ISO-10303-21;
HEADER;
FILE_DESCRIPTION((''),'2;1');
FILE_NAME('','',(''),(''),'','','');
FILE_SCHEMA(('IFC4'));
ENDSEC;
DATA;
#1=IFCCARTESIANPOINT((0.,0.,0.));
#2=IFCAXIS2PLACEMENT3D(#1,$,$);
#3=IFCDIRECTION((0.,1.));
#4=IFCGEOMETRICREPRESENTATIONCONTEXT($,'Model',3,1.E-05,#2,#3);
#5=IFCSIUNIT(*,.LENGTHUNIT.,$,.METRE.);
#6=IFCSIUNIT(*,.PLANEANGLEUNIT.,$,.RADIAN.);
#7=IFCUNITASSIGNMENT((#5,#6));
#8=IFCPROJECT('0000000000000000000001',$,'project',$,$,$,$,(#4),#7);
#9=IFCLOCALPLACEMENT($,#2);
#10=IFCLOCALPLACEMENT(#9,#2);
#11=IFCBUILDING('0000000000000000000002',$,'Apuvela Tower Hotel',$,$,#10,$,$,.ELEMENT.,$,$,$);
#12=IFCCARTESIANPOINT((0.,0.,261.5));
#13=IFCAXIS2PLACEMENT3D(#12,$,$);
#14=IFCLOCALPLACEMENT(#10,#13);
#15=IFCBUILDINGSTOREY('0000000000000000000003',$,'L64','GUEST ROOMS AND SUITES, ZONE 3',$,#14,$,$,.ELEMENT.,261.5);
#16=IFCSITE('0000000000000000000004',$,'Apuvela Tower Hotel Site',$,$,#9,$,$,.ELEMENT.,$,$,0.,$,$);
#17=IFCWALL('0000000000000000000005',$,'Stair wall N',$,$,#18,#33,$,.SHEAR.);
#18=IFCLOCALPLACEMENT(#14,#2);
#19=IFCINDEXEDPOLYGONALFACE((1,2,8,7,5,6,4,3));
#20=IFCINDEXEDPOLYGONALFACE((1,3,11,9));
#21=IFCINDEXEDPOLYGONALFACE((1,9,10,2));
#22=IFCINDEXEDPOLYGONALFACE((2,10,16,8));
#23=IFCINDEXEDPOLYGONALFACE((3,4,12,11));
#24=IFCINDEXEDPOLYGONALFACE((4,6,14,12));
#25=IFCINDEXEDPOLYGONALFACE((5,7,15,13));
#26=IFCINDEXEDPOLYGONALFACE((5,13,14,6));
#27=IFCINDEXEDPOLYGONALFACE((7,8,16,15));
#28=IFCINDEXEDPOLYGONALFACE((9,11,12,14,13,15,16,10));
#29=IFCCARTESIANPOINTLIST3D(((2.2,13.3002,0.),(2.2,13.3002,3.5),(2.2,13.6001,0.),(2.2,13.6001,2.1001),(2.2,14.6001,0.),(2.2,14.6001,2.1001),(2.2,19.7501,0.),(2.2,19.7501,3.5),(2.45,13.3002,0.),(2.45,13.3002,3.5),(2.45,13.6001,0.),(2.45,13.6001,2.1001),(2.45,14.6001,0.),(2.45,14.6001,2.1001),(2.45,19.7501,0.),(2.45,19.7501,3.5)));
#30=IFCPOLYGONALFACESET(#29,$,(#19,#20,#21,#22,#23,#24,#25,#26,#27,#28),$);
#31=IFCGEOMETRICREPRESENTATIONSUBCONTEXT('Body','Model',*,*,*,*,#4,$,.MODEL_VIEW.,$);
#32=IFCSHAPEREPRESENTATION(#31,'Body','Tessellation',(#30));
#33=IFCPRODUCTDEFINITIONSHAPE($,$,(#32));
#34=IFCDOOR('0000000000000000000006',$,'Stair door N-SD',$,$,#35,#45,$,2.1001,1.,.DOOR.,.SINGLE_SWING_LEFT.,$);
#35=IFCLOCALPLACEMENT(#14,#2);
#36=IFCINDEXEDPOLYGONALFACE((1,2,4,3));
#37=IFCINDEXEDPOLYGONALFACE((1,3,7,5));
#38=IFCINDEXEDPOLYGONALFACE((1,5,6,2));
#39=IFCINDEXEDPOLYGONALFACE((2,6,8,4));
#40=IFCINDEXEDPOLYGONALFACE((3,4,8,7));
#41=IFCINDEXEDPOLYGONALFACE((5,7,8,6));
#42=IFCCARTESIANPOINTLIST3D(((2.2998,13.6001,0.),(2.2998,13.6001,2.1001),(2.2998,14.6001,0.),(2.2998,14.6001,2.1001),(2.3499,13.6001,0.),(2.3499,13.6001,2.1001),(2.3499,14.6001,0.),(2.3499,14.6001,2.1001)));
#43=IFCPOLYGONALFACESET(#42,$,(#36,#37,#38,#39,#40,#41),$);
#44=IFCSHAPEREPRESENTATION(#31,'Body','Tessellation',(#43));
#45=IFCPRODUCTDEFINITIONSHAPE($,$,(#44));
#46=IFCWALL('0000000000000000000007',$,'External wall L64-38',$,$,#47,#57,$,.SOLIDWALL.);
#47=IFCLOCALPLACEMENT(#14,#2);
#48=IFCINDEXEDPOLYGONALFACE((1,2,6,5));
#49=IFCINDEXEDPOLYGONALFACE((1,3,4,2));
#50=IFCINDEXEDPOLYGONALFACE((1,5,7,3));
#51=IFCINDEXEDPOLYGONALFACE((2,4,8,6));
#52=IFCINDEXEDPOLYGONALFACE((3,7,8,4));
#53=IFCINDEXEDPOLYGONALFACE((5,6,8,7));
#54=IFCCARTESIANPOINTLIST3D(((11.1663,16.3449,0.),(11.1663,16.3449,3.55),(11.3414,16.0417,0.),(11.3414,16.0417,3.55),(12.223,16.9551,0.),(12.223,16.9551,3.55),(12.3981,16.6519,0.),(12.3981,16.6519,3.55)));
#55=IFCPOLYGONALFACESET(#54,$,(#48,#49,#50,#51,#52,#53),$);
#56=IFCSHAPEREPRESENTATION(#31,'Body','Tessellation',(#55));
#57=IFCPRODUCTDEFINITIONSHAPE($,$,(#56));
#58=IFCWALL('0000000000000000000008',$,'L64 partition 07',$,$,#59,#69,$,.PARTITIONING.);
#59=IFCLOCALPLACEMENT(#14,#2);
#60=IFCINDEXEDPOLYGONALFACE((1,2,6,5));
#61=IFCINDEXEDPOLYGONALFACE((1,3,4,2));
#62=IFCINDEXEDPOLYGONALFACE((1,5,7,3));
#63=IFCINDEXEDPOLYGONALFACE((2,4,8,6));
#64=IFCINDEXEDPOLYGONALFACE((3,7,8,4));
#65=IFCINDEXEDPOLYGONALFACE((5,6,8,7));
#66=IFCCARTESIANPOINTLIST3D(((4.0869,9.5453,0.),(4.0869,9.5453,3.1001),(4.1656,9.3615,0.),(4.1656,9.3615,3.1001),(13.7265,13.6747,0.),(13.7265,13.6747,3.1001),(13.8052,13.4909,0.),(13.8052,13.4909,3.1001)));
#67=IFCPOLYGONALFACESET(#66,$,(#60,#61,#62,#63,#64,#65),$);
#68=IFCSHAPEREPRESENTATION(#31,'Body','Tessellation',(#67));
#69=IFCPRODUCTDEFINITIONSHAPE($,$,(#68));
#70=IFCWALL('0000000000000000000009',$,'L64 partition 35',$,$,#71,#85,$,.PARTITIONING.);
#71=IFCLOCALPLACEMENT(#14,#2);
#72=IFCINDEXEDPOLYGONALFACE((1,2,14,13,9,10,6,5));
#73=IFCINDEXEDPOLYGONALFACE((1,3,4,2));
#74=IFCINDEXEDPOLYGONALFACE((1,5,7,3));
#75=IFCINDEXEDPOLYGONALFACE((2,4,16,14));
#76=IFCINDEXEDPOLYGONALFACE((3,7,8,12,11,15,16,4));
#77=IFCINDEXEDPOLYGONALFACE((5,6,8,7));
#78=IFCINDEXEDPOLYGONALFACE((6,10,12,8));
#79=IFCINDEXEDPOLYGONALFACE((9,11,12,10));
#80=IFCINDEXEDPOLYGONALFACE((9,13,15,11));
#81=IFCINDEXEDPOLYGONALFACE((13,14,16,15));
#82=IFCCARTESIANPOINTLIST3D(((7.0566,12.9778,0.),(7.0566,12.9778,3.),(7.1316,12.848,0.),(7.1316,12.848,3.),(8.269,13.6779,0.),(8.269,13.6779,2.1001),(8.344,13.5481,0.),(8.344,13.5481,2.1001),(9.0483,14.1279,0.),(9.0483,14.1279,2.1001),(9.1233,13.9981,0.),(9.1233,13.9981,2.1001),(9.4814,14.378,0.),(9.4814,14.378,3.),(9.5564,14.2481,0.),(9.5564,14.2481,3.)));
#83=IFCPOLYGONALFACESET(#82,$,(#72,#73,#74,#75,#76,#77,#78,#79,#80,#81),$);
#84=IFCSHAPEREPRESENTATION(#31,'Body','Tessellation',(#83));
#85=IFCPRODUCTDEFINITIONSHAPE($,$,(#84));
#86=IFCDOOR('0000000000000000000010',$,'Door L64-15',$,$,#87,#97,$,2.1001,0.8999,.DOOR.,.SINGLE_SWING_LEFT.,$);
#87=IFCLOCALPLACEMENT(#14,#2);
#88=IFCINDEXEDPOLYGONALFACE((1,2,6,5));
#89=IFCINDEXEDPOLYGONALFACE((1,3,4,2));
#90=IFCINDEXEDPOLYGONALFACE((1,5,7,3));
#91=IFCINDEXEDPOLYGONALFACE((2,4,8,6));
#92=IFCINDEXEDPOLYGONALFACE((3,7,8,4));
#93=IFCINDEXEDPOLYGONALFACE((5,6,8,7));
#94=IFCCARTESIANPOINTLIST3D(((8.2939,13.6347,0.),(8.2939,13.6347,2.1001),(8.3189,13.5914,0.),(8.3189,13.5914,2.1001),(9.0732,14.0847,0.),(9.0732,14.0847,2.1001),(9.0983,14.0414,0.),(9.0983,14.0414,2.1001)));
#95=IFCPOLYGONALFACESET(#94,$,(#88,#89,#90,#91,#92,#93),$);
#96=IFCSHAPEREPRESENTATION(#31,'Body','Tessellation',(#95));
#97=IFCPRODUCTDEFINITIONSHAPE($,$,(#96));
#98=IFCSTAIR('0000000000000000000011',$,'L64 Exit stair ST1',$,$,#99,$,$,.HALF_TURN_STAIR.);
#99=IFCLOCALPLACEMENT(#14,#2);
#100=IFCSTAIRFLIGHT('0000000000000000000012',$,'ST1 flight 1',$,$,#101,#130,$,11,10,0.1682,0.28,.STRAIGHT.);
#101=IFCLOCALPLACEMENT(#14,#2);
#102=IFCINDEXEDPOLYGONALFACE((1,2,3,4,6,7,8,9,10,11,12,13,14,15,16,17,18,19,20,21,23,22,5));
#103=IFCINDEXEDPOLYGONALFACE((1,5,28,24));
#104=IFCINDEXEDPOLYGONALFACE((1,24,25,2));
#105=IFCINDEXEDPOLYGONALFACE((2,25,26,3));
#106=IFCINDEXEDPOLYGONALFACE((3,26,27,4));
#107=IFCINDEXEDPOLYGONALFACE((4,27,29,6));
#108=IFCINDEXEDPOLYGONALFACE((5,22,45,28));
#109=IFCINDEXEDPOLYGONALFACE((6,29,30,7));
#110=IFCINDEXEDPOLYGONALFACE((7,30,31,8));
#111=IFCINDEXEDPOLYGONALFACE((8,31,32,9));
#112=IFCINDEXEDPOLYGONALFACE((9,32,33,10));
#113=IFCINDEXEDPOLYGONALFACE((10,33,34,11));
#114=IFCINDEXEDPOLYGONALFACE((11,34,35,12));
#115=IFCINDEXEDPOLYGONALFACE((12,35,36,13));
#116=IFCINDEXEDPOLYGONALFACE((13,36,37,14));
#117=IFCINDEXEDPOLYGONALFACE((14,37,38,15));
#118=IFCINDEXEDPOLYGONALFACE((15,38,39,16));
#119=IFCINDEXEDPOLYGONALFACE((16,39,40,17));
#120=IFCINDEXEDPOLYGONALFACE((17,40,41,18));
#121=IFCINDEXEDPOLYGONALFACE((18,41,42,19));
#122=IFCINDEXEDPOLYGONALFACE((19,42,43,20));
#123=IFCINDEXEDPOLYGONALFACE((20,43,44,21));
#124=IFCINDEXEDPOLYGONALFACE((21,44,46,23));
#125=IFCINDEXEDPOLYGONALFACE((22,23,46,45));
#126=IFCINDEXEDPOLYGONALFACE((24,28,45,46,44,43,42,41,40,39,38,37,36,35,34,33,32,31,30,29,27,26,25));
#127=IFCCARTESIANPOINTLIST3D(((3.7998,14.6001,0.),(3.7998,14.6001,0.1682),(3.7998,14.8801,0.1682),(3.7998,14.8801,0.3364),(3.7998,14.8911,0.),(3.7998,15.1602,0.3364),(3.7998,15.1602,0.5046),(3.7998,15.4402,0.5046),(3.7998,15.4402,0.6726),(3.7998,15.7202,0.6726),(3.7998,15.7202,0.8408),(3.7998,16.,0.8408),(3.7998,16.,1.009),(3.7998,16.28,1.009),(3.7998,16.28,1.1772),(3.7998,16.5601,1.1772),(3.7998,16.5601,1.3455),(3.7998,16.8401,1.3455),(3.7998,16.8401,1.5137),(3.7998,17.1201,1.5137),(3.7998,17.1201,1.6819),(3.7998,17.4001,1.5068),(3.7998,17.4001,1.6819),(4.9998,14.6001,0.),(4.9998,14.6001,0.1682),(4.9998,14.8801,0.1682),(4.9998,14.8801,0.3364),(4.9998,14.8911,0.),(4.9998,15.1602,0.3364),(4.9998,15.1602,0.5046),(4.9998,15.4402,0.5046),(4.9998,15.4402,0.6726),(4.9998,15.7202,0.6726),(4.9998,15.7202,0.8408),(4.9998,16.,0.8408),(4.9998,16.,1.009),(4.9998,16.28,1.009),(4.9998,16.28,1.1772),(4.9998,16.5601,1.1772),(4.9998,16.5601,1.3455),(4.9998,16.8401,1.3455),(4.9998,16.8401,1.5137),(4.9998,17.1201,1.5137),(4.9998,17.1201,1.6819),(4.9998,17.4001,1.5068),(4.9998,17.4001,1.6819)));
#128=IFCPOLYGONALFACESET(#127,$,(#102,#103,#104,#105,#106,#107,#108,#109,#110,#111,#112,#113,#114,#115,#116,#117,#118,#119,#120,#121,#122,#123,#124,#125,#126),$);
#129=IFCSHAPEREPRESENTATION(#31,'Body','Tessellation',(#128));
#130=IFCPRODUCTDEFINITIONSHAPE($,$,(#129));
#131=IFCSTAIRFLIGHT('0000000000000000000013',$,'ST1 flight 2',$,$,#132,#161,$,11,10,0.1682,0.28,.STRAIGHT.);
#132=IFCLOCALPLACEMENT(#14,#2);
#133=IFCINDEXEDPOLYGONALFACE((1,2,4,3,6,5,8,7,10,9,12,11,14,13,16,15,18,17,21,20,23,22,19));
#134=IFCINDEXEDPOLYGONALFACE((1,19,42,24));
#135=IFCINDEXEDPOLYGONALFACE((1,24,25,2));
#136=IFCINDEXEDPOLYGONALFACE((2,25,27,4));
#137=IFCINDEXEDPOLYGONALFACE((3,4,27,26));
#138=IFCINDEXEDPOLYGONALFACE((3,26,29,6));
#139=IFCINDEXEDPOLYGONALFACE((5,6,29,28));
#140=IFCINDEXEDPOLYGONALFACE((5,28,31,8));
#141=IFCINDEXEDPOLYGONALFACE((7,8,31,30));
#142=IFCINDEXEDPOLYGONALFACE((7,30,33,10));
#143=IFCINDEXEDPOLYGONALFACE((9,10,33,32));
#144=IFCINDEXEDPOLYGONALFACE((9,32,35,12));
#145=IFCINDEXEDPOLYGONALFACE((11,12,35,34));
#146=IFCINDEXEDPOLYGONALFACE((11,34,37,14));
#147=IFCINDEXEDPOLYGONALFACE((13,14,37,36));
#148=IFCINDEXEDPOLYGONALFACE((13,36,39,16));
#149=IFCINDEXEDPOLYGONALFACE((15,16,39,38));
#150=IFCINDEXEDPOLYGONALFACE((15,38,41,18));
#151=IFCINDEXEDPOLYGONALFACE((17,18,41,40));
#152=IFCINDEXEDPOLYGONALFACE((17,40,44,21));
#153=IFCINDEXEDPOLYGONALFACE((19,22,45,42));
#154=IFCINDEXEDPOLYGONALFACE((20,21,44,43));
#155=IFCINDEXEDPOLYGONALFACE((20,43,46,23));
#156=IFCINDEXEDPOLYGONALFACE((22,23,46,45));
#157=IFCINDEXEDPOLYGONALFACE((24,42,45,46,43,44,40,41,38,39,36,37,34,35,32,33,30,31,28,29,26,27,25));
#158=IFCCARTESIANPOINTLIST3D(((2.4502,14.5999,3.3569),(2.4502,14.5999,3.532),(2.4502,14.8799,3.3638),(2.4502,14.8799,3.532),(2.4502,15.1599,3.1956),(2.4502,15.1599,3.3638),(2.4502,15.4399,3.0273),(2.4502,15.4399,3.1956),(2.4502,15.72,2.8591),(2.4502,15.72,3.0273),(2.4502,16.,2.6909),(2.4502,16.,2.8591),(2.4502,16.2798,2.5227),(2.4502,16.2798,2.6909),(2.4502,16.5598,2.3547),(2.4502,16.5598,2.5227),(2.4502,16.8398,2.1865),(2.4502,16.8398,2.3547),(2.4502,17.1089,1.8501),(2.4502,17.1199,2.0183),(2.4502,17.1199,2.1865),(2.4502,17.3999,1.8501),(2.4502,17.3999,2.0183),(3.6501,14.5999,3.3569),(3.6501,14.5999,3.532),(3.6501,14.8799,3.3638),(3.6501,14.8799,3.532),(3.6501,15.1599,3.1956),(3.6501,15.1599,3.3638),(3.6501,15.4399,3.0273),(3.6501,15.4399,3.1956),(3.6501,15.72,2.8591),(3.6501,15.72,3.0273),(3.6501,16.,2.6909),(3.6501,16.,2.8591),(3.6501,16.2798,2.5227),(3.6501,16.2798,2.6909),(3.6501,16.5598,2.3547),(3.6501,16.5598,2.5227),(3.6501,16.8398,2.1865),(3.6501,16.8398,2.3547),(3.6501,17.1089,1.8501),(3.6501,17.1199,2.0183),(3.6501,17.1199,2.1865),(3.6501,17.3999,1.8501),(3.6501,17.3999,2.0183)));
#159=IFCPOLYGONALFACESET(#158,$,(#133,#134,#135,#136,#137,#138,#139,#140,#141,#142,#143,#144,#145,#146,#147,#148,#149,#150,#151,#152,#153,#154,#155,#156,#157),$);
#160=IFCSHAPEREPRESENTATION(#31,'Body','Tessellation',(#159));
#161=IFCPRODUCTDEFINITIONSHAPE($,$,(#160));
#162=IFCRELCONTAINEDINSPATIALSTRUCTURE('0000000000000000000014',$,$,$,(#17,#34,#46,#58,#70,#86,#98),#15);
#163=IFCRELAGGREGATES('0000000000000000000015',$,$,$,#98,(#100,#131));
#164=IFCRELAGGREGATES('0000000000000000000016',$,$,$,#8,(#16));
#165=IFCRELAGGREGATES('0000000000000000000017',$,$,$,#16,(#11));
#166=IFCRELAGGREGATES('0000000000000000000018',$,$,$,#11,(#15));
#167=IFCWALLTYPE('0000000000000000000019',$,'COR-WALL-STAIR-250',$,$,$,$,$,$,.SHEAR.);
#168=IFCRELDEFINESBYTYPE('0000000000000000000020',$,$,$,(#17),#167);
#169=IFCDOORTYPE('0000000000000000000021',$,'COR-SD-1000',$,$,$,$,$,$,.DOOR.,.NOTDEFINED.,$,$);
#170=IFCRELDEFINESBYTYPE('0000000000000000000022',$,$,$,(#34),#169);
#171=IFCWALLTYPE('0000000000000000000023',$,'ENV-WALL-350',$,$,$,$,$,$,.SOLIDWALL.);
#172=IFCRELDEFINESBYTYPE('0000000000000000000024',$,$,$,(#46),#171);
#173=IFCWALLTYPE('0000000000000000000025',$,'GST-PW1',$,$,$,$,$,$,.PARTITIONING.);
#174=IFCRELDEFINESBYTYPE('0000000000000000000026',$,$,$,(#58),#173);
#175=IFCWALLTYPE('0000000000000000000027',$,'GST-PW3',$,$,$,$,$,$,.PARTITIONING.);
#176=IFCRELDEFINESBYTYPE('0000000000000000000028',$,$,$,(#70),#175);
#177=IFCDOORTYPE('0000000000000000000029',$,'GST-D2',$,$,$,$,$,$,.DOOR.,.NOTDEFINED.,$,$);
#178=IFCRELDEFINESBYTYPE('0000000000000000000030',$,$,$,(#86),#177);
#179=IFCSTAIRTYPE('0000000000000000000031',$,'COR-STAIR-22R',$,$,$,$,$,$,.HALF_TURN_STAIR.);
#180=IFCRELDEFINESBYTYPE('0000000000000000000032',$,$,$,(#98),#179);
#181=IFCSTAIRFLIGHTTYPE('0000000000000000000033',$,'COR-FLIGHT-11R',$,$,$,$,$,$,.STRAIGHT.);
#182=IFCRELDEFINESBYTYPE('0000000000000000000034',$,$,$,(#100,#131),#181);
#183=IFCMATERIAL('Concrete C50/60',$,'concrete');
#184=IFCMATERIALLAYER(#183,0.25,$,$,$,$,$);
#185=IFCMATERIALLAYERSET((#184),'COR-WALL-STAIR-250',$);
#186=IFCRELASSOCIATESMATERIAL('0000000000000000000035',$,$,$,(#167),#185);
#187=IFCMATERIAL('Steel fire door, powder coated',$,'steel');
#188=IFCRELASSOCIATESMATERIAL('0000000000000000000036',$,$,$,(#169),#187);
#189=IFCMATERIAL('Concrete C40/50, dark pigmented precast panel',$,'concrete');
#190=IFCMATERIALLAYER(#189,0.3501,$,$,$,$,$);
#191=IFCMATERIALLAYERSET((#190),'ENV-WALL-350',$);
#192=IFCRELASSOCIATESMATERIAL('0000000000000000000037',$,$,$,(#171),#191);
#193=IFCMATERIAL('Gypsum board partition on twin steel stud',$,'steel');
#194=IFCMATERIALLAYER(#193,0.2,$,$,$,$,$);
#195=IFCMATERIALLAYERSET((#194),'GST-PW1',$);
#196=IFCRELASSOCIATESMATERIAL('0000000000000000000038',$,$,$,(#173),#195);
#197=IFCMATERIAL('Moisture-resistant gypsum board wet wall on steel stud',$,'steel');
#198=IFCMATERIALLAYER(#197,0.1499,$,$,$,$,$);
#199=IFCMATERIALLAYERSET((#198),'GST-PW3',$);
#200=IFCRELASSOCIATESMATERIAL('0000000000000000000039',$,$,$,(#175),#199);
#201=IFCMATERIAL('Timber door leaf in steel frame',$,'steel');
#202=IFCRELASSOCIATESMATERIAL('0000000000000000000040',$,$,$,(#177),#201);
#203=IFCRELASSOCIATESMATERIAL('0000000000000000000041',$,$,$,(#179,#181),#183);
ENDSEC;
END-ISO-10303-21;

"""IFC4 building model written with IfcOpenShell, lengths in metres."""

from ifc_helpers import new_model, si_unit, direction, frame, frame_2d, origin, place, context, subcontext, project, spatial, polyline, rectangle, outline, extrude, material, layer, layer_set, type_object, element, fill, aggregate, save


model = new_model("IFC4")

# Units and contexts
model_context = context("Model", 3, precision=1e-05, world=origin(), true_north=direction((0.0, 1.0)))
body_context = subcontext(model_context, "Body", "Model", "MODEL_VIEW")
ifc_project = project(units=[si_unit("LENGTHUNIT", "METRE"), si_unit("PLANEANGLEUNIT", "RADIAN")], contexts=[model_context])

# Site, building, storey
site_placement = place(None, origin())
site = spatial("IfcSite", under=ifc_project, at=site_placement, Name="Apuvela Tower Hotel Site", CompositionType="ELEMENT", RefElevation=0.0)
building_placement = place(site_placement, origin())
building = spatial("IfcBuilding", under=site, at=building_placement, Name="Apuvela Tower Hotel", CompositionType="ELEMENT")
storey_placement = place(building_placement, frame((0.0, 0.0, 261.5)))
storey = spatial("IfcBuildingStorey", under=building, at=storey_placement, Name="L64", Description="GUEST ROOMS AND SUITES, ZONE 3", CompositionType="ELEMENT", Elevation=261.5)

# Shared definitions
ifc_material_1 = material(Name="Concrete C50/60", Category="concrete")
ifc_material_2 = material(Name="Steel fire door, powder coated", Category="steel")

# Wall, opening, door
ifc_layer_1 = layer(ifc_material_1, 0.25)
ifc_layer_set_1 = layer_set([ifc_layer_1], Name="COR-WALL-STAIR-250")
wall_type_1 = type_object("IfcWallType", Name="COR-WALL-STAIR-250", PredefinedType="SHEAR", material=ifc_layer_set_1)
wall_1_placement = place(storey_placement, frame((2.325, 13.3, 0.0), z_axis=(0.0, 0.0, 1.0), x_axis=(0.0, 1.0, 0.0)))
wall_1 = element("IfcWall", 1, at=wall_1_placement, inside=storey, type_object=wall_type_1, Name="Stair wall N", PredefinedType="SHEAR", context=body_context, shape_type="SweptSolid", body=[
    extrude(rectangle(XDim=6.45, YDim=0.25, at=frame_2d((3.2251, 0.0))), origin(), (0.0, 0.0, 1.0), 3.5),
])
opening_1_placement = place(wall_1_placement, frame((0.3, 0.0, 0.0)))
opening_1 = element("IfcOpeningElement", 2, at=opening_1_placement, cuts=wall_1, PredefinedType="OPENING", context=body_context, shape_type="SweptSolid", body=[
    extrude(rectangle(XDim=1.0, YDim=2.1001, at=frame_2d((0.5, 1.05))), frame((0.0, 0.135, 0.0), z_axis=(0.0, -1.0, 0.0), x_axis=(1.0, 0.0, 0.0)), (0.0, 0.0, 1.0), 0.27),
])
door_type_1 = type_object("IfcDoorType", Name="COR-SD-1000", OperationType="NOTDEFINED", PredefinedType="DOOR", material=ifc_material_2)
door_1_placement = place(opening_1_placement, frame((1.0, 0.0, 0.0), z_axis=(0.0, 0.0, 1.0), x_axis=(-1.0, 0.0, 0.0)))
door_1 = element("IfcDoor", 3, at=door_1_placement, inside=storey, type_object=door_type_1, Name="Stair door N-SD", OperationType="SINGLE_SWING_LEFT", OverallHeight=2.1001, OverallWidth=1.0, PredefinedType="DOOR", context=body_context, shape_type="SweptSolid", body=[
    extrude(rectangle(XDim=1.0, YDim=2.1001, at=frame_2d((0.5, 1.05))), frame((0.0, 0.0249, 0.0), z_axis=(0.0, -1.0, 0.0), x_axis=(1.0, 0.0, 0.0)), (0.0, 0.0, 1.0), 0.05),
])
fill(opening_1, door_1)

# Wall
ifc_material_3 = material(Name="Concrete C40/50, dark pigmented precast panel", Category="concrete")
ifc_layer_2 = layer(ifc_material_3, 0.3501)
ifc_layer_set_2 = layer_set([ifc_layer_2], Name="ENV-WALL-350")
wall_type_2 = type_object("IfcWallType", Name="ENV-WALL-350", PredefinedType="SOLIDWALL", material=ifc_layer_set_2)
wall_2_placement = place(storey_placement, frame((12.3105, 16.8035, 0.0), z_axis=(0.0, 0.0, 1.0), x_axis=(-0.866006, -0.500034, 0.0)))
element("IfcWall", 4, at=wall_2_placement, inside=storey, type_object=wall_type_2, Name="External wall L64-38", PredefinedType="SOLIDWALL", context=body_context, shape_type="SweptSolid", body=[
    extrude(rectangle(XDim=1.2202, YDim=0.3501, at=frame_2d((0.6101, 0.0))), origin(), (0.0, 0.0, 1.0), 3.55),
])

# Wall
ifc_material_4 = material(Name="Gypsum board partition on twin steel stud", Category="steel")
ifc_layer_3 = layer(ifc_material_4, 0.2)
ifc_layer_set_3 = layer_set([ifc_layer_3], Name="GST-PW1")
wall_type_3 = type_object("IfcWallType", Name="GST-PW1", PredefinedType="PARTITIONING", material=ifc_layer_set_3)
wall_3_placement = place(storey_placement, frame((13.7659, 13.5828, 0.0), z_axis=(0.0, 0.0, 1.0), x_axis=(-0.91921, -0.393768, 0.0)))
element("IfcWall", 5, at=wall_3_placement, inside=storey, type_object=wall_type_3, Name="L64 partition 07", PredefinedType="PARTITIONING", context=body_context, shape_type="SweptSolid", body=[
    extrude(rectangle(XDim=10.4868, YDim=0.2, at=frame_2d((5.2434, 0.0))), origin(), (0.0, 0.0, 1.0), 3.1001),
])

# Wall, opening, door
ifc_material_5 = material(Name="Moisture-resistant gypsum board wet wall on steel stud", Category="steel")
ifc_layer_4 = layer(ifc_material_5, 0.1499)
ifc_layer_set_4 = layer_set([ifc_layer_4], Name="GST-PW3")
wall_type_4 = type_object("IfcWallType", Name="GST-PW3", PredefinedType="PARTITIONING", material=ifc_layer_set_4)
wall_4_placement = place(storey_placement, frame((9.5188, 14.313, 0.0), z_axis=(0.0, 0.0, 1.0), x_axis=(-0.865997, -0.50005, 0.0)))
wall_4 = element("IfcWall", 6, at=wall_4_placement, inside=storey, type_object=wall_type_4, Name="L64 partition 35", PredefinedType="PARTITIONING", context=body_context, shape_type="SweptSolid", body=[
    extrude(rectangle(XDim=2.8, YDim=0.1499, at=frame_2d((1.3999, 0.0))), origin(), (0.0, 0.0, 1.0), 3.0),
])
opening_2_placement = place(wall_4_placement, frame((0.5, 0.0, 0.0)))
opening_2 = element("IfcOpeningElement", 7, at=opening_2_placement, cuts=wall_4, PredefinedType="OPENING", context=body_context, shape_type="SweptSolid", body=[
    extrude(rectangle(XDim=0.8999, YDim=2.1001, at=frame_2d((0.45, 1.05))), frame((0.0, 0.085, 0.0), z_axis=(0.0, -1.0, 0.0), x_axis=(1.0, 0.0, 0.0)), (0.0, 0.0, 1.0), 0.1699),
])
ifc_material_6 = material(Name="Timber door leaf in steel frame", Category="steel")
door_type_2 = type_object("IfcDoorType", Name="GST-D2", OperationType="NOTDEFINED", PredefinedType="DOOR", material=ifc_material_6)
door_2_placement = place(opening_2_placement, origin())
door_2 = element("IfcDoor", 8, at=door_2_placement, inside=storey, type_object=door_type_2, Name="Door L64-15", OperationType="SINGLE_SWING_LEFT", OverallHeight=2.1001, OverallWidth=0.8999, PredefinedType="DOOR", context=body_context, shape_type="SweptSolid", body=[
    extrude(rectangle(XDim=0.8999, YDim=2.1001, at=frame_2d((0.45, 1.05))), frame((0.0, 0.0249, 0.0), z_axis=(0.0, -1.0, 0.0), x_axis=(1.0, 0.0, 0.0)), (0.0, 0.0, 1.0), 0.05),
])
fill(opening_2, door_2)

# Stair, stair flights
stair_type = type_object("IfcStairType", Name="COR-STAIR-22R", PredefinedType="HALF_TURN_STAIR", material=ifc_material_1)
stair_placement = place(storey_placement, origin())
stair = element("IfcStair", 9, at=stair_placement, inside=storey, type_object=stair_type, Name="L64 Exit stair ST1", PredefinedType="HALF_TURN_STAIR")
stair_flight_type = type_object("IfcStairFlightType", Name="COR-FLIGHT-11R", PredefinedType="STRAIGHT", material=ifc_material_1)
stair_flight_1_placement = place(storey_placement, frame((4.3999, 14.6001, 0.0), z_axis=(0.0, 0.0, 1.0), x_axis=(0.0, 1.0, 0.0)))
stair_flight_1 = element("IfcStairFlight", 10, at=stair_flight_1_placement, type_object=stair_flight_type, Name="ST1 flight 1", NumberOfRisers=11, NumberOfTreads=10, PredefinedType="STRAIGHT", RiserHeight=0.1682, TreadLength=0.28, context=body_context, shape_type="SweptSolid", body=[
    extrude(outline(polyline([(0.0, 0.0), (0.0, 0.1682), (0.28, 0.1682), (0.28, 0.3364), (0.5601, 0.3364), (0.5601, 0.5046), (0.8401, 0.5046), (0.8401, 0.6726), (1.1201, 0.6726), (1.1201, 0.8408), (1.3999, 0.8408), (1.3999, 1.009), (1.6799, 1.009), (1.6799, 1.1772), (1.96, 1.1772), (1.96, 1.3455), (2.24, 1.3455), (2.24, 1.5137), (2.52, 1.5137), (2.52, 1.6819), (2.8, 1.6819), (2.8, 1.8501), (2.8, 1.5068), (0.291, 0.0), (0.0, 0.0)])), frame((0.0, 0.6001, 0.0), z_axis=(0.0, -1.0, 0.0), x_axis=(1.0, 0.0, 0.0)), (0.0, 0.0, 1.0), 1.2),
])
stair_flight_2_placement = place(storey_placement, frame((3.05, 17.3999, 1.8501), z_axis=(0.0, 0.0, 1.0), x_axis=(0.0, -1.0, 0.0)))
stair_flight_2 = element("IfcStairFlight", 11, at=stair_flight_2_placement, type_object=stair_flight_type, Name="ST1 flight 2", NumberOfRisers=11, NumberOfTreads=10, PredefinedType="STRAIGHT", RiserHeight=0.1682, TreadLength=0.28, context=body_context, shape_type="SweptSolid", body=[
    extrude(outline(polyline([(0.0, 0.0), (0.0, 0.1682), (0.28, 0.1682), (0.28, 0.3364), (0.5601, 0.3364), (0.5601, 0.5046), (0.8401, 0.5046), (0.8401, 0.6726), (1.1201, 0.6726), (1.1201, 0.8408), (1.3999, 0.8408), (1.3999, 1.009), (1.6799, 1.009), (1.6799, 1.1772), (1.96, 1.1772), (1.96, 1.3455), (2.24, 1.3455), (2.24, 1.5137), (2.52, 1.5137), (2.52, 1.6819), (2.8, 1.6819), (2.8, 1.8501), (2.8, 1.5068), (0.291, 0.0), (0.0, 0.0)])), frame((0.0, 0.6001, 0.0), z_axis=(0.0, -1.0, 0.0), x_axis=(1.0, 0.0, 0.0)), (0.0, 0.0, 1.0), 1.2),
])
aggregate(stair, [stair_flight_1, stair_flight_2])

save(model, "model.ifc")
